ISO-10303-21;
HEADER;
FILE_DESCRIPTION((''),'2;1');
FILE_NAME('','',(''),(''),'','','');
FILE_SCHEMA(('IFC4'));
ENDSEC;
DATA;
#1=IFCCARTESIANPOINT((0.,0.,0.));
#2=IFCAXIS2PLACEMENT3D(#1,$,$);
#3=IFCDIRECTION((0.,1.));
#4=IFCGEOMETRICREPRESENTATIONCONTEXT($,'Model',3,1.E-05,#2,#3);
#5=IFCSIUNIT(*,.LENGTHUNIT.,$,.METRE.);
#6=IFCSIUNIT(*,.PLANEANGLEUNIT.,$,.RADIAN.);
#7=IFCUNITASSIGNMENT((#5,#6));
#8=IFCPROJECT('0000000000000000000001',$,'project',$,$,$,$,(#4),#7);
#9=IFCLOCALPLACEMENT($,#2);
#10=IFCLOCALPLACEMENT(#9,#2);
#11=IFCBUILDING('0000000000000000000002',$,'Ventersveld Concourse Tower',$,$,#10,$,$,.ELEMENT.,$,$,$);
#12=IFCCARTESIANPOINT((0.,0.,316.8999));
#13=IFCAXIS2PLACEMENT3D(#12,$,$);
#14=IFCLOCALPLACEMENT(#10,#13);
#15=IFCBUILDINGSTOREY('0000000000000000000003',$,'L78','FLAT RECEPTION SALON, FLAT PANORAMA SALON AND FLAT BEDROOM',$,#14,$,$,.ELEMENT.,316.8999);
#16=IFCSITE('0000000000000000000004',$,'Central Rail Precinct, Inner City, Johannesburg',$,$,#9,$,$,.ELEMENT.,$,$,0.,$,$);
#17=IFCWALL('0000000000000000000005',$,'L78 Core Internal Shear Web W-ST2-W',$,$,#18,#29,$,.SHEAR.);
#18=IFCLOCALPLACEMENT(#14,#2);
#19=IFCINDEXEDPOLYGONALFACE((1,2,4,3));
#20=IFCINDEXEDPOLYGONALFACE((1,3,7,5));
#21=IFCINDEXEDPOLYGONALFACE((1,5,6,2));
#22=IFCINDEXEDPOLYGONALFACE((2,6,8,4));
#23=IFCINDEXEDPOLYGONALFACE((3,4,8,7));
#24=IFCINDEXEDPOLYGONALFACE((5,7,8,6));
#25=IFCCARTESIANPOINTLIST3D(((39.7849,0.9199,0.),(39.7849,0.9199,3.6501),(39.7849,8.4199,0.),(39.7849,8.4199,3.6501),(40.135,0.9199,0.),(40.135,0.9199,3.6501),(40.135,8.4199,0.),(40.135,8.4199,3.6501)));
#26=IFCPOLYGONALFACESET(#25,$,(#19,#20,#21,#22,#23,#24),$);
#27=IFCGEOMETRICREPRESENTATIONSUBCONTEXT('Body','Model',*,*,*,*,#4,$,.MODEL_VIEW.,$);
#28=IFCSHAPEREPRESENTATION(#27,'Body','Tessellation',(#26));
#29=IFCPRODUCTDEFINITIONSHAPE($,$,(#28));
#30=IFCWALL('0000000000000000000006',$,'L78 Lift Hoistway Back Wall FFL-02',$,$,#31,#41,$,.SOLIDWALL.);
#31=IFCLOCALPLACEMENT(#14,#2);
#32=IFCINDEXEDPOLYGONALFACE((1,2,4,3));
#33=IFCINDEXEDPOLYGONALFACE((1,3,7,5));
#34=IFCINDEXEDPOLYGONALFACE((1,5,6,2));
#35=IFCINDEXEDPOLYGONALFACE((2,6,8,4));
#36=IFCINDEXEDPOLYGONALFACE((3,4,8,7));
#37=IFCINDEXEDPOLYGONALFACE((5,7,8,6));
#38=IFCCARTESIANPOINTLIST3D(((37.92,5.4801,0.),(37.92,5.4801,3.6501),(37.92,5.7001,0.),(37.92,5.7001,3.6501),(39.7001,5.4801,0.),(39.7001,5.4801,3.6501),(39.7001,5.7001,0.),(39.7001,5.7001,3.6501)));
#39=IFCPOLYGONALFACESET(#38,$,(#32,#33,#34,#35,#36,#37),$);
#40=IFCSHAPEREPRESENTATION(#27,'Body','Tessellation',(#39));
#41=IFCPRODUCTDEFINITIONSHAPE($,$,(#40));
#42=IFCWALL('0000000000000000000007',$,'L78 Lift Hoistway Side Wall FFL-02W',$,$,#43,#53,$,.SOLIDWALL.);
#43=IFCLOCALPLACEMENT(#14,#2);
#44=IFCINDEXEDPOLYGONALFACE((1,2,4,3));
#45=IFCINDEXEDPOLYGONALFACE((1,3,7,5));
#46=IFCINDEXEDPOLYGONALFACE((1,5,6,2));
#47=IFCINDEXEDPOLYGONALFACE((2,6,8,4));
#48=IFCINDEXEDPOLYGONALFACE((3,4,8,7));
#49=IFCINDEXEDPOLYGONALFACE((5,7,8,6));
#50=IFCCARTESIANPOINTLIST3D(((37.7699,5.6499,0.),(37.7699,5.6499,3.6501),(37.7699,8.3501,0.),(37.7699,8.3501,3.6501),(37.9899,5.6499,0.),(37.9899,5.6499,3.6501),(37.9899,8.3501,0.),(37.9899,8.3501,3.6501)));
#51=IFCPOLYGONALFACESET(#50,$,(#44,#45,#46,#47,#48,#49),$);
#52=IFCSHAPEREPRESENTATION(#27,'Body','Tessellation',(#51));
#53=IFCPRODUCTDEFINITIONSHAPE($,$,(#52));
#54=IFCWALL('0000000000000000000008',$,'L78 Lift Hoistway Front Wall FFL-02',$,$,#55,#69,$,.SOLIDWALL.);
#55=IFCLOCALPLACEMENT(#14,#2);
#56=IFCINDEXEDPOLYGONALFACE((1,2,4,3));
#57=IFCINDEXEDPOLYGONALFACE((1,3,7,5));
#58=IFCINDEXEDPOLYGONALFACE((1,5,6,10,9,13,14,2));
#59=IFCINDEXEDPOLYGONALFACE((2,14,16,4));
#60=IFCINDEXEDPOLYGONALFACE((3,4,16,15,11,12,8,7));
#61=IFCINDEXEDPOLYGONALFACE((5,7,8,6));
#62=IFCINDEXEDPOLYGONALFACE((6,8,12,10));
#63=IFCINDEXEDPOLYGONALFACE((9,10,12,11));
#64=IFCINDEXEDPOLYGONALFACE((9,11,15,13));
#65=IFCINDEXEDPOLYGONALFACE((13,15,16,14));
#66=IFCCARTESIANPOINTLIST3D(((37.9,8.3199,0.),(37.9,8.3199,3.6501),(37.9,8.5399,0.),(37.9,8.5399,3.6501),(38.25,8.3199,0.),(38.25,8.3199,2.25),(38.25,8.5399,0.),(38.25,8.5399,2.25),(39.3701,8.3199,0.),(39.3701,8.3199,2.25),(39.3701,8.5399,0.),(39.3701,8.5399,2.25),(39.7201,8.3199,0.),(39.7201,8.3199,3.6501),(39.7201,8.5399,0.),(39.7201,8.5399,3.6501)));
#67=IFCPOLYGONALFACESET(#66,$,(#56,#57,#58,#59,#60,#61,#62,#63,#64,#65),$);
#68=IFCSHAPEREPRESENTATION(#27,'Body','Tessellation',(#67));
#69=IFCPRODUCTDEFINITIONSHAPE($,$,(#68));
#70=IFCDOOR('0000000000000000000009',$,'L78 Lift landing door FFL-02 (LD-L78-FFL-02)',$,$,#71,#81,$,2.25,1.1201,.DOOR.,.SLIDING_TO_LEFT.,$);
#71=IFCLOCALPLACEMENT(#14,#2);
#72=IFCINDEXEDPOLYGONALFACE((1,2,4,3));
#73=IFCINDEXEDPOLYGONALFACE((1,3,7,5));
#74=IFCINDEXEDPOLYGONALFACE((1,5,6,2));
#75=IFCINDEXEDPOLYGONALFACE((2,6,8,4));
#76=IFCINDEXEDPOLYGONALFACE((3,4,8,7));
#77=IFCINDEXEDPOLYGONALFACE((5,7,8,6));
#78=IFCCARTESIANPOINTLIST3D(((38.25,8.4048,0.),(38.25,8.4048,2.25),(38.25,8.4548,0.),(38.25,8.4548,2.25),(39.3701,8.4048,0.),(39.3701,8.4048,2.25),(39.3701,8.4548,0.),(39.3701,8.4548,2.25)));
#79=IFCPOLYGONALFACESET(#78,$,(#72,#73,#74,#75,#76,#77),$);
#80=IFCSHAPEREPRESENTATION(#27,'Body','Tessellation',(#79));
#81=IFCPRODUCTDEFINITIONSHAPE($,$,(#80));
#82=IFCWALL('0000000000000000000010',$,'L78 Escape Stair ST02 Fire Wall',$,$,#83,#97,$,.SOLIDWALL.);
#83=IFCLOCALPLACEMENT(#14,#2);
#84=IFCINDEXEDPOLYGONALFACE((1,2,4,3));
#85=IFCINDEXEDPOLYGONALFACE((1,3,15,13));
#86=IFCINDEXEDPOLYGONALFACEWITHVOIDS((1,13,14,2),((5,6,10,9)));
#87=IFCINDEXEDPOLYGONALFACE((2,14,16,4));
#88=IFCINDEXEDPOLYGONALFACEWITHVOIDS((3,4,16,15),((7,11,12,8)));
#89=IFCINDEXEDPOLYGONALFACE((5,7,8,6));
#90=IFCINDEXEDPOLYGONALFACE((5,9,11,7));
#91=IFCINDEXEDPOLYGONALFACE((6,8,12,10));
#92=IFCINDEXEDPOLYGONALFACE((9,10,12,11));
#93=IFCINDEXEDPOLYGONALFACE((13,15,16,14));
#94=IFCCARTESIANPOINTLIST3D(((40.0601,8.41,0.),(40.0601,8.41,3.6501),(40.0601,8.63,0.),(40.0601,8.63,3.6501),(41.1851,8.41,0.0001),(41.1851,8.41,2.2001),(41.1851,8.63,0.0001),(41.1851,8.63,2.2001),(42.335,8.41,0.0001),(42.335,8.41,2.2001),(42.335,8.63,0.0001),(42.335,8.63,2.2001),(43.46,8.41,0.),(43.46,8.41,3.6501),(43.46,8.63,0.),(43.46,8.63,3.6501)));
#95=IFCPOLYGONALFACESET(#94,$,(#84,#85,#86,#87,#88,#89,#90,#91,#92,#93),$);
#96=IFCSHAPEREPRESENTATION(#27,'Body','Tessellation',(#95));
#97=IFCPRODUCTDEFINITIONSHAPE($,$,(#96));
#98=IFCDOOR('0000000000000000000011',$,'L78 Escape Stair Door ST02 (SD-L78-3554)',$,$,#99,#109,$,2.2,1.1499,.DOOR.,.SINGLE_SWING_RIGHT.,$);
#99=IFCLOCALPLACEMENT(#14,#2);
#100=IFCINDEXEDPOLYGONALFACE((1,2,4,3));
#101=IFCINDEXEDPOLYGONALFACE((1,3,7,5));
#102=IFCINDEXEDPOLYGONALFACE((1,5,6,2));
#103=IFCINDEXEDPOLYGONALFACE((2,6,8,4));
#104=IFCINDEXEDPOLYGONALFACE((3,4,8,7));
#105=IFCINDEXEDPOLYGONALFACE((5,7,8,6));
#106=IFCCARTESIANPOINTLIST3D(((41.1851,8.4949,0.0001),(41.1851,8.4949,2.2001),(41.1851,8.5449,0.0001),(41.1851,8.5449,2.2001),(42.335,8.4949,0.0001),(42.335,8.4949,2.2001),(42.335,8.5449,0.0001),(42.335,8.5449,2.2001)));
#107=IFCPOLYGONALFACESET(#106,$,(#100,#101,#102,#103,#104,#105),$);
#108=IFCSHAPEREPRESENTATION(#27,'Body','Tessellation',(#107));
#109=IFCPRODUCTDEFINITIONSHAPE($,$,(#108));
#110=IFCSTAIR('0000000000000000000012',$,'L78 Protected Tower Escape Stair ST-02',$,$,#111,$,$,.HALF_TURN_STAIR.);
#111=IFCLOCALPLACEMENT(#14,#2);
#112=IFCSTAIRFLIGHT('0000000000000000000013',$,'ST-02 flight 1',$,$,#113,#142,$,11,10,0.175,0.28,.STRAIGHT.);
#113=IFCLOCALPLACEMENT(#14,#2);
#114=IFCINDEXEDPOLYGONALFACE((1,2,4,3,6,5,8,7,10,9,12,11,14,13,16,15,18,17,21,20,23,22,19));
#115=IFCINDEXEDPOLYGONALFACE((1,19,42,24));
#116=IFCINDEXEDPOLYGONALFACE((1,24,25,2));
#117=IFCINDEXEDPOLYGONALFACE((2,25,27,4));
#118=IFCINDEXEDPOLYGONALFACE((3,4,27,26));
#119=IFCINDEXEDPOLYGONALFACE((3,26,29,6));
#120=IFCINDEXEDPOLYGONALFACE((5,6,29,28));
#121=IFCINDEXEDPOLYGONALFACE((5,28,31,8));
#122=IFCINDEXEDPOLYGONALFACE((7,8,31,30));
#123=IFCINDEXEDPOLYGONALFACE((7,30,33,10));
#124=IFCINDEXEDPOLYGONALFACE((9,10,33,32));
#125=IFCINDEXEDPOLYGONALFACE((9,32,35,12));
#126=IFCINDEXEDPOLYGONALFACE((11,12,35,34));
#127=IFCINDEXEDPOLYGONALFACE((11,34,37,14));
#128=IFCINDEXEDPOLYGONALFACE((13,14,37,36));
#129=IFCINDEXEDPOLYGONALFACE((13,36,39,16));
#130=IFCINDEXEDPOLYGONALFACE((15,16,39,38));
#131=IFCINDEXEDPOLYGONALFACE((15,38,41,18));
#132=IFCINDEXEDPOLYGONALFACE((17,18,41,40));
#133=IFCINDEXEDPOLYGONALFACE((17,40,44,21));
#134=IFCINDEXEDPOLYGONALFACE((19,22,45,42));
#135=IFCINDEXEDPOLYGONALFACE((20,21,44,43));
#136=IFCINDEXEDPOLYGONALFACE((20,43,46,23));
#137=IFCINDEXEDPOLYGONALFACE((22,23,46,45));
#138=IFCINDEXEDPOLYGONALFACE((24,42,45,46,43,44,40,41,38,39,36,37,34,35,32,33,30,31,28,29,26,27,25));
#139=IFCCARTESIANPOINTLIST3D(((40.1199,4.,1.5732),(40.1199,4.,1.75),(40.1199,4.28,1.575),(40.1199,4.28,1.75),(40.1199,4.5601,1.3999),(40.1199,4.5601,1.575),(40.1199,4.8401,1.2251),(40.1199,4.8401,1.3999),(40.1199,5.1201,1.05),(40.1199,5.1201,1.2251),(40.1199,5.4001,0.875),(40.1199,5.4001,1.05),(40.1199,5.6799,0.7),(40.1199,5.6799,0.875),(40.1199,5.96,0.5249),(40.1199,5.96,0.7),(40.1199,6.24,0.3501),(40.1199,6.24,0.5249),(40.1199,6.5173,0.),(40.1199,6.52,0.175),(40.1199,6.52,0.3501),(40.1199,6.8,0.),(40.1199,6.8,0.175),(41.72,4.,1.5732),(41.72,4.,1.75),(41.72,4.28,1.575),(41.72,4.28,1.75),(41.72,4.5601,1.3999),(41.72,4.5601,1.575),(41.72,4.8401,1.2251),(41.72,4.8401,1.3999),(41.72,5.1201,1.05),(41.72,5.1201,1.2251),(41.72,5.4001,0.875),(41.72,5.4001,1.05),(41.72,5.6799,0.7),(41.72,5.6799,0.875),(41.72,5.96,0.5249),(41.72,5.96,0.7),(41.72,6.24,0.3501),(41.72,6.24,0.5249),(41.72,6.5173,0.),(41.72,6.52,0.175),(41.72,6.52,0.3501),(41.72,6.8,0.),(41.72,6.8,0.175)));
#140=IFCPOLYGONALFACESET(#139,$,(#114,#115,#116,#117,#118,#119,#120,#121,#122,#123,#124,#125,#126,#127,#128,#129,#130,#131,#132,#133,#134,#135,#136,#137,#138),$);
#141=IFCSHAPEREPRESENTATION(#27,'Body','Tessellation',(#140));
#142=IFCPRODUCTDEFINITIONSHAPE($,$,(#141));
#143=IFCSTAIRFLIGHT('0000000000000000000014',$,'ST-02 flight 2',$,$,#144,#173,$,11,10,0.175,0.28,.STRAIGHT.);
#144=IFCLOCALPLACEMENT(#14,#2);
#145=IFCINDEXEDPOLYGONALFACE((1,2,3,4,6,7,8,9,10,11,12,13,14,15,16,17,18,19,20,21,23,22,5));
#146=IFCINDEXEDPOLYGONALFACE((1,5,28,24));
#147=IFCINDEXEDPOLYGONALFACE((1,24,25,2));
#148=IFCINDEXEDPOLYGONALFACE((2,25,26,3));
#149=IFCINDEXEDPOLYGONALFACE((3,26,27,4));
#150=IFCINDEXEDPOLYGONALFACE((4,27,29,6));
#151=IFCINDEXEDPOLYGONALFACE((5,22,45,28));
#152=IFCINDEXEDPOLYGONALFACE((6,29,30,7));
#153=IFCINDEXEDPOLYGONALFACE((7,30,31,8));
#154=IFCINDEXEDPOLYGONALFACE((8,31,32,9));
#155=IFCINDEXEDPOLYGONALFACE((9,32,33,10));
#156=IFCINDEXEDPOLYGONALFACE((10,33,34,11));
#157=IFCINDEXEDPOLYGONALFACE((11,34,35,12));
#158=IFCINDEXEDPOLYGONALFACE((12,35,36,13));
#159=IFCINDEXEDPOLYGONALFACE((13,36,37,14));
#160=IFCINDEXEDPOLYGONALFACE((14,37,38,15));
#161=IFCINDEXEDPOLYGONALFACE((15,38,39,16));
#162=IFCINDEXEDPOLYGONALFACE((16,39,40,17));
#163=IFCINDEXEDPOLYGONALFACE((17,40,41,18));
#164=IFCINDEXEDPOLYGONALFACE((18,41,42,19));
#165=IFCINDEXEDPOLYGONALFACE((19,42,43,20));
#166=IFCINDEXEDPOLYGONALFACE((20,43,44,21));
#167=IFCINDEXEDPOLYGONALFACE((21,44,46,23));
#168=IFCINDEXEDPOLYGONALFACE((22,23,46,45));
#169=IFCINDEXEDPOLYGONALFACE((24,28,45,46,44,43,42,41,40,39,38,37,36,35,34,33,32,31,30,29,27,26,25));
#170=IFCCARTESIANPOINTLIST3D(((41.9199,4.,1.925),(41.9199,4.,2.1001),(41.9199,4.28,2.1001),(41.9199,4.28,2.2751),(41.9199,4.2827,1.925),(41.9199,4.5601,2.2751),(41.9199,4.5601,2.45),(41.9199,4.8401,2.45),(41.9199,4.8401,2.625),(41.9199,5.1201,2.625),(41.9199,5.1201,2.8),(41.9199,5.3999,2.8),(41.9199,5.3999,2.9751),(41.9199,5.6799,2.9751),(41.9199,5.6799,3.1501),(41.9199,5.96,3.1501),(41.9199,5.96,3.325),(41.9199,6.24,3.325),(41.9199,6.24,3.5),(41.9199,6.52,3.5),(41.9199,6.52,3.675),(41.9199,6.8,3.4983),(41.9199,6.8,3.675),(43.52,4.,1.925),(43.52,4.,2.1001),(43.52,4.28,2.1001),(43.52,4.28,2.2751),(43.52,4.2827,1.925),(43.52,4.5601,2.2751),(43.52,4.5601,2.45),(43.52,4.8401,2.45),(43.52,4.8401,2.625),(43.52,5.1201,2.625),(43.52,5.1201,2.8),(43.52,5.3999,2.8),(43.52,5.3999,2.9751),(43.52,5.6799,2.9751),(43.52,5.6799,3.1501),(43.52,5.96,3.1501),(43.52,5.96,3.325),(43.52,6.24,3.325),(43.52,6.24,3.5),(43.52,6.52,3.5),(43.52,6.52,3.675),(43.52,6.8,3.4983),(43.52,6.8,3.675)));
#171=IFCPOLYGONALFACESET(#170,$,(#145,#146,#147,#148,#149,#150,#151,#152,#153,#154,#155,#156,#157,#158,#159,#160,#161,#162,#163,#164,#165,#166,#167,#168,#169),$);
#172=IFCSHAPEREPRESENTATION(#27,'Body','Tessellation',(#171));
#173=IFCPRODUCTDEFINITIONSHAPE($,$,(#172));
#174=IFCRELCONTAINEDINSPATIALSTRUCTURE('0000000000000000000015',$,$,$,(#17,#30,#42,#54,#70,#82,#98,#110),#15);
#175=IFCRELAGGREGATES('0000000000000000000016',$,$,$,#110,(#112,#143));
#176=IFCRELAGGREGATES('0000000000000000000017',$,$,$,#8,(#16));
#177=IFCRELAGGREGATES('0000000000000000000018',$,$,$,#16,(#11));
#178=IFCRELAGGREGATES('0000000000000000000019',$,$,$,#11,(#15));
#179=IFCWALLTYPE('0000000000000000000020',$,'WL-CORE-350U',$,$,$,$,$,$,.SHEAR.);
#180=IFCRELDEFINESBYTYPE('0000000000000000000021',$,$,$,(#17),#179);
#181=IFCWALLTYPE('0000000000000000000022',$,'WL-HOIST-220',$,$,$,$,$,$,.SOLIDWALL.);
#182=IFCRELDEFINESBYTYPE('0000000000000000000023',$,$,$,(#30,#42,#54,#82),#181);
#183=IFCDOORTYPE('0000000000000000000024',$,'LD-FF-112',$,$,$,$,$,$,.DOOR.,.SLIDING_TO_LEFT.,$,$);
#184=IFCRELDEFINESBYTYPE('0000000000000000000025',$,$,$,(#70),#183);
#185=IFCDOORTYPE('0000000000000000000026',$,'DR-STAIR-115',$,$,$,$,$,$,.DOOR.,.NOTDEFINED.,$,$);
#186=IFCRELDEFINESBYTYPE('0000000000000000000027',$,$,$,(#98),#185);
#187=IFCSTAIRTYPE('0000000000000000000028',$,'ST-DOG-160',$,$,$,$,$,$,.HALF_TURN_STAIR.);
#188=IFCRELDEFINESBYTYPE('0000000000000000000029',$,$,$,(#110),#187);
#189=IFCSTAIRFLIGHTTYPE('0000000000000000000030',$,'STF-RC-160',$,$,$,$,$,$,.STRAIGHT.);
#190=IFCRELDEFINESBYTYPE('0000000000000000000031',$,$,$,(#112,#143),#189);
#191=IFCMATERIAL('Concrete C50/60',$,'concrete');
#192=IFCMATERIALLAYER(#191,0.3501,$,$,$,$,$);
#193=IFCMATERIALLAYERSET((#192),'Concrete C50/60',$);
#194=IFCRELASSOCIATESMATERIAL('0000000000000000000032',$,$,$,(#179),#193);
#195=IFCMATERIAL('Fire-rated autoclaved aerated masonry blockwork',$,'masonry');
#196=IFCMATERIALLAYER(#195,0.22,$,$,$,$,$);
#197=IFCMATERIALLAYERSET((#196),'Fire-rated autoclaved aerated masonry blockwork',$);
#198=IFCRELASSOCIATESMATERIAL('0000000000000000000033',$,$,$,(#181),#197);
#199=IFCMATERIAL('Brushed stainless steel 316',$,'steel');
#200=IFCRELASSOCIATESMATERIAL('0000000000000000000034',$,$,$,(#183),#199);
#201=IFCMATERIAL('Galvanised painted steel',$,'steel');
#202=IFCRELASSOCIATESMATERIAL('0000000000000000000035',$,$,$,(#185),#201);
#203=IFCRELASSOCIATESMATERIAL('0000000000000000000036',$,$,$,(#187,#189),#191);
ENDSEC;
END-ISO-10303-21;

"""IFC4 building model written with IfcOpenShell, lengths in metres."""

from ifc_helpers import new_model, si_unit, direction, frame, frame_2d, origin, place, context, subcontext, project, spatial, polyline, rectangle, outline, extrude, material, layer, layer_set, type_object, element, fill, aggregate, save


model = new_model("IFC4")

# Units and contexts
model_context = context("Model", 3, precision=1e-05, world=origin(), true_north=direction((0.0, 1.0)))
body_context = subcontext(model_context, "Body", "Model", "MODEL_VIEW")
ifc_project = project(units=[si_unit("LENGTHUNIT", "METRE"), si_unit("PLANEANGLEUNIT", "RADIAN")], contexts=[model_context])

# Site, building, storey
site_placement = place(None, origin())
site = spatial("IfcSite", under=ifc_project, at=site_placement, Name="Central Rail Precinct, Inner City, Johannesburg", CompositionType="ELEMENT", RefElevation=0.0)
building_placement = place(site_placement, origin())
building = spatial("IfcBuilding", under=site, at=building_placement, Name="Ventersveld Concourse Tower", CompositionType="ELEMENT")
storey_placement = place(building_placement, frame((0.0, 0.0, 316.8999)))
storey = spatial("IfcBuildingStorey", under=building, at=storey_placement, Name="L78", Description="FLAT RECEPTION SALON, FLAT PANORAMA SALON AND FLAT BEDROOM", CompositionType="ELEMENT", Elevation=316.8999)

# Walls
ifc_material_1 = material(Name="Concrete C50/60", Category="concrete")
ifc_layer_1 = layer(ifc_material_1, 0.3501)
ifc_layer_set_1 = layer_set([ifc_layer_1], Name="Concrete C50/60")
wall_type_1 = type_object("IfcWallType", Name="WL-CORE-350U", PredefinedType="SHEAR", material=ifc_layer_set_1)
wall_1_placement = place(storey_placement, frame((39.96, 0.9199, 0.0), z_axis=(0.0, 0.0, 1.0), x_axis=(0.0, 1.0, 0.0)))
element("IfcWall", 1, at=wall_1_placement, inside=storey, type_object=wall_type_1, Name="L78 Core Internal Shear Web W-ST2-W", PredefinedType="SHEAR", context=body_context, shape_type="SweptSolid", body=[
    extrude(rectangle(XDim=7.5, YDim=0.3501, at=frame_2d((3.75, 0.0))), origin(), (0.0, 0.0, 1.0), 3.6501),
])
ifc_material_2 = material(Name="Fire-rated autoclaved aerated masonry blockwork", Category="masonry")
ifc_layer_2 = layer(ifc_material_2, 0.22)
ifc_layer_set_2 = layer_set([ifc_layer_2], Name="Fire-rated autoclaved aerated masonry blockwork")
wall_type_2 = type_object("IfcWallType", Name="WL-HOIST-220", PredefinedType="SOLIDWALL", material=ifc_layer_set_2)
wall_2_placement = place(storey_placement, frame((37.9199, 5.5901, 0.0), z_axis=(0.0, 0.0, 1.0), x_axis=(1.0, 0.0, 0.0)))
element("IfcWall", 2, at=wall_2_placement, inside=storey, type_object=wall_type_2, Name="L78 Lift Hoistway Back Wall FFL-02", PredefinedType="SOLIDWALL", context=body_context, shape_type="SweptSolid", body=[
    extrude(rectangle(XDim=1.78, YDim=0.22, at=frame_2d((0.8901, 0.0))), origin(), (0.0, 0.0, 1.0), 3.6501),
])
wall_3_placement = place(storey_placement, frame((37.8799, 5.6499, 0.0), z_axis=(0.0, 0.0, 1.0), x_axis=(0.0, 1.0, 0.0)))
element("IfcWall", 3, at=wall_3_placement, inside=storey, type_object=wall_type_2, Name="L78 Lift Hoistway Side Wall FFL-02W", PredefinedType="SOLIDWALL", context=body_context, shape_type="SweptSolid", body=[
    extrude(rectangle(XDim=2.7002, YDim=0.22, at=frame_2d((1.3501, 0.0))), origin(), (0.0, 0.0, 1.0), 3.6501),
])

# Walls, openings, doors
wall_4_placement = place(storey_placement, frame((37.8999, 8.4299, 0.0), z_axis=(0.0, 0.0, 1.0), x_axis=(1.0, 0.0, 0.0)))
wall_4 = element("IfcWall", 4, at=wall_4_placement, inside=storey, type_object=wall_type_2, Name="L78 Lift Hoistway Front Wall FFL-02", PredefinedType="SOLIDWALL", context=body_context, shape_type="SweptSolid", body=[
    extrude(rectangle(XDim=1.8201, YDim=0.22, at=frame_2d((0.9102, 0.0))), origin(), (0.0, 0.0, 1.0), 3.6501),
])
opening_1_placement = place(wall_4_placement, frame((0.3501, 0.0, 0.0)))
opening_1 = element("IfcOpeningElement", 5, at=opening_1_placement, cuts=wall_4, PredefinedType="OPENING", context=body_context, shape_type="SweptSolid", body=[
    extrude(rectangle(XDim=1.1201, YDim=2.25, at=frame_2d((0.5601, 1.125))), frame((0.0, 0.1201, 0.0), z_axis=(0.0, -1.0, 0.0), x_axis=(1.0, 0.0, 0.0)), (0.0, 0.0, 1.0), 0.24),
])
ifc_material_3 = material(Name="Brushed stainless steel 316", Category="steel")
door_type_1 = type_object("IfcDoorType", Name="LD-FF-112", OperationType="SLIDING_TO_LEFT", PredefinedType="DOOR", material=ifc_material_3)
door_1_placement = place(opening_1_placement, origin())
door_1 = element("IfcDoor", 6, at=door_1_placement, inside=storey, type_object=door_type_1, Name="L78 Lift landing door FFL-02 (LD-L78-FFL-02)", OperationType="SLIDING_TO_LEFT", OverallHeight=2.25, OverallWidth=1.1201, PredefinedType="DOOR", context=body_context, shape_type="SweptSolid", body=[
    extrude(rectangle(XDim=1.1201, YDim=2.25, at=frame_2d((0.5601, 1.125))), frame((0.0, 0.0249, 0.0), z_axis=(0.0, -1.0, 0.0), x_axis=(1.0, 0.0, 0.0)), (0.0, 0.0, 1.0), 0.05),
])
fill(opening_1, door_1)
wall_5_placement = place(storey_placement, frame((40.0601, 8.52, 0.0), z_axis=(0.0, 0.0, 1.0), x_axis=(1.0, 0.0, 0.0)))
wall_5 = element("IfcWall", 7, at=wall_5_placement, inside=storey, type_object=wall_type_2, Name="L78 Escape Stair ST02 Fire Wall", PredefinedType="SOLIDWALL", context=body_context, shape_type="SweptSolid", body=[
    extrude(rectangle(XDim=3.3999, YDim=0.22, at=frame_2d((1.7, 0.0))), origin(), (0.0, 0.0, 1.0), 3.6501),
])
opening_2_placement = place(wall_5_placement, frame((1.125, 0.0, 0.0)))
opening_2 = element("IfcOpeningElement", 8, at=opening_2_placement, cuts=wall_5, PredefinedType="OPENING", context=body_context, shape_type="SweptSolid", body=[
    extrude(rectangle(XDim=1.1499, YDim=2.2, at=frame_2d((0.575, 1.1001))), frame((0.0, 0.1201, 0.0), z_axis=(0.0, -1.0, 0.0), x_axis=(1.0, 0.0, 0.0)), (0.0, 0.0, 1.0), 0.24),
])
ifc_material_4 = material(Name="Galvanised painted steel", Category="steel")
door_type_2 = type_object("IfcDoorType", Name="DR-STAIR-115", OperationType="NOTDEFINED", PredefinedType="DOOR", material=ifc_material_4)
door_2_placement = place(opening_2_placement, origin())
door_2 = element("IfcDoor", 9, at=door_2_placement, inside=storey, type_object=door_type_2, Name="L78 Escape Stair Door ST02 (SD-L78-3554)", OperationType="SINGLE_SWING_RIGHT", OverallHeight=2.2, OverallWidth=1.1499, PredefinedType="DOOR", context=body_context, shape_type="SweptSolid", body=[
    extrude(rectangle(XDim=1.1499, YDim=2.2, at=frame_2d((0.575, 1.1001))), frame((0.0, 0.0249, 0.0), z_axis=(0.0, -1.0, 0.0), x_axis=(1.0, 0.0, 0.0)), (0.0, 0.0, 1.0), 0.05),
])
fill(opening_2, door_2)

# Stair, stair flights
stair_type = type_object("IfcStairType", Name="ST-DOG-160", PredefinedType="HALF_TURN_STAIR", material=ifc_material_1)
stair_placement = place(storey_placement, origin())
stair = element("IfcStair", 10, at=stair_placement, inside=storey, type_object=stair_type, Name="L78 Protected Tower Escape Stair ST-02", PredefinedType="HALF_TURN_STAIR")
stair_flight_type = type_object("IfcStairFlightType", Name="STF-RC-160", PredefinedType="STRAIGHT", material=ifc_material_1)
stair_flight_1_placement = place(storey_placement, frame((40.9199, 6.8, 0.0), z_axis=(0.0, 0.0, 1.0), x_axis=(0.0, -1.0, 0.0)))
stair_flight_1 = element("IfcStairFlight", 11, at=stair_flight_1_placement, type_object=stair_flight_type, Name="ST-02 flight 1", NumberOfRisers=11, NumberOfTreads=10, PredefinedType="STRAIGHT", RiserHeight=0.175, TreadLength=0.28, context=body_context, shape_type="SweptSolid", body=[
    extrude(outline(polyline([(0.0, 0.0), (0.0, 0.175), (0.28, 0.175), (0.28, 0.3501), (0.5601, 0.3501), (0.5601, 0.5249), (0.8401, 0.5249), (0.8401, 0.7), (1.1201, 0.7), (1.1201, 0.875), (1.3999, 0.875), (1.3999, 1.05), (1.6799, 1.05), (1.6799, 1.2251), (1.96, 1.2251), (1.96, 1.3999), (2.24, 1.3999), (2.24, 1.575), (2.52, 1.575), (2.52, 1.75), (2.8, 1.75), (2.8, 1.925), (2.8, 1.5732), (0.2827, 0.0), (0.0, 0.0)])), frame((0.0, 0.8, 0.0), z_axis=(0.0, -1.0, 0.0), x_axis=(1.0, 0.0, 0.0)), (0.0, 0.0, 1.0), 1.6001),
])
stair_flight_2_placement = place(storey_placement, frame((42.72, 4.0, 1.925), z_axis=(0.0, 0.0, 1.0), x_axis=(0.0, 1.0, 0.0)))
stair_flight_2 = element("IfcStairFlight", 12, at=stair_flight_2_placement, type_object=stair_flight_type, Name="ST-02 flight 2", NumberOfRisers=11, NumberOfTreads=10, PredefinedType="STRAIGHT", RiserHeight=0.175, TreadLength=0.28, context=body_context, shape_type="SweptSolid", body=[
    extrude(outline(polyline([(0.0, 0.0), (0.0, 0.175), (0.28, 0.175), (0.28, 0.3501), (0.5601, 0.3501), (0.5601, 0.5249), (0.8401, 0.5249), (0.8401, 0.7), (1.1201, 0.7), (1.1201, 0.875), (1.3999, 0.875), (1.3999, 1.05), (1.6799, 1.05), (1.6799, 1.2251), (1.96, 1.2251), (1.96, 1.3999), (2.24, 1.3999), (2.24, 1.575), (2.52, 1.575), (2.52, 1.75), (2.8, 1.75), (2.8, 1.925), (2.8, 1.5732), (0.2827, 0.0), (0.0, 0.0)])), frame((0.0, 0.8, 0.0), z_axis=(0.0, -1.0, 0.0), x_axis=(1.0, 0.0, 0.0)), (0.0, 0.0, 1.0), 1.6001),
])
aggregate(stair, [stair_flight_1, stair_flight_2])

save(model, "model.ifc")
